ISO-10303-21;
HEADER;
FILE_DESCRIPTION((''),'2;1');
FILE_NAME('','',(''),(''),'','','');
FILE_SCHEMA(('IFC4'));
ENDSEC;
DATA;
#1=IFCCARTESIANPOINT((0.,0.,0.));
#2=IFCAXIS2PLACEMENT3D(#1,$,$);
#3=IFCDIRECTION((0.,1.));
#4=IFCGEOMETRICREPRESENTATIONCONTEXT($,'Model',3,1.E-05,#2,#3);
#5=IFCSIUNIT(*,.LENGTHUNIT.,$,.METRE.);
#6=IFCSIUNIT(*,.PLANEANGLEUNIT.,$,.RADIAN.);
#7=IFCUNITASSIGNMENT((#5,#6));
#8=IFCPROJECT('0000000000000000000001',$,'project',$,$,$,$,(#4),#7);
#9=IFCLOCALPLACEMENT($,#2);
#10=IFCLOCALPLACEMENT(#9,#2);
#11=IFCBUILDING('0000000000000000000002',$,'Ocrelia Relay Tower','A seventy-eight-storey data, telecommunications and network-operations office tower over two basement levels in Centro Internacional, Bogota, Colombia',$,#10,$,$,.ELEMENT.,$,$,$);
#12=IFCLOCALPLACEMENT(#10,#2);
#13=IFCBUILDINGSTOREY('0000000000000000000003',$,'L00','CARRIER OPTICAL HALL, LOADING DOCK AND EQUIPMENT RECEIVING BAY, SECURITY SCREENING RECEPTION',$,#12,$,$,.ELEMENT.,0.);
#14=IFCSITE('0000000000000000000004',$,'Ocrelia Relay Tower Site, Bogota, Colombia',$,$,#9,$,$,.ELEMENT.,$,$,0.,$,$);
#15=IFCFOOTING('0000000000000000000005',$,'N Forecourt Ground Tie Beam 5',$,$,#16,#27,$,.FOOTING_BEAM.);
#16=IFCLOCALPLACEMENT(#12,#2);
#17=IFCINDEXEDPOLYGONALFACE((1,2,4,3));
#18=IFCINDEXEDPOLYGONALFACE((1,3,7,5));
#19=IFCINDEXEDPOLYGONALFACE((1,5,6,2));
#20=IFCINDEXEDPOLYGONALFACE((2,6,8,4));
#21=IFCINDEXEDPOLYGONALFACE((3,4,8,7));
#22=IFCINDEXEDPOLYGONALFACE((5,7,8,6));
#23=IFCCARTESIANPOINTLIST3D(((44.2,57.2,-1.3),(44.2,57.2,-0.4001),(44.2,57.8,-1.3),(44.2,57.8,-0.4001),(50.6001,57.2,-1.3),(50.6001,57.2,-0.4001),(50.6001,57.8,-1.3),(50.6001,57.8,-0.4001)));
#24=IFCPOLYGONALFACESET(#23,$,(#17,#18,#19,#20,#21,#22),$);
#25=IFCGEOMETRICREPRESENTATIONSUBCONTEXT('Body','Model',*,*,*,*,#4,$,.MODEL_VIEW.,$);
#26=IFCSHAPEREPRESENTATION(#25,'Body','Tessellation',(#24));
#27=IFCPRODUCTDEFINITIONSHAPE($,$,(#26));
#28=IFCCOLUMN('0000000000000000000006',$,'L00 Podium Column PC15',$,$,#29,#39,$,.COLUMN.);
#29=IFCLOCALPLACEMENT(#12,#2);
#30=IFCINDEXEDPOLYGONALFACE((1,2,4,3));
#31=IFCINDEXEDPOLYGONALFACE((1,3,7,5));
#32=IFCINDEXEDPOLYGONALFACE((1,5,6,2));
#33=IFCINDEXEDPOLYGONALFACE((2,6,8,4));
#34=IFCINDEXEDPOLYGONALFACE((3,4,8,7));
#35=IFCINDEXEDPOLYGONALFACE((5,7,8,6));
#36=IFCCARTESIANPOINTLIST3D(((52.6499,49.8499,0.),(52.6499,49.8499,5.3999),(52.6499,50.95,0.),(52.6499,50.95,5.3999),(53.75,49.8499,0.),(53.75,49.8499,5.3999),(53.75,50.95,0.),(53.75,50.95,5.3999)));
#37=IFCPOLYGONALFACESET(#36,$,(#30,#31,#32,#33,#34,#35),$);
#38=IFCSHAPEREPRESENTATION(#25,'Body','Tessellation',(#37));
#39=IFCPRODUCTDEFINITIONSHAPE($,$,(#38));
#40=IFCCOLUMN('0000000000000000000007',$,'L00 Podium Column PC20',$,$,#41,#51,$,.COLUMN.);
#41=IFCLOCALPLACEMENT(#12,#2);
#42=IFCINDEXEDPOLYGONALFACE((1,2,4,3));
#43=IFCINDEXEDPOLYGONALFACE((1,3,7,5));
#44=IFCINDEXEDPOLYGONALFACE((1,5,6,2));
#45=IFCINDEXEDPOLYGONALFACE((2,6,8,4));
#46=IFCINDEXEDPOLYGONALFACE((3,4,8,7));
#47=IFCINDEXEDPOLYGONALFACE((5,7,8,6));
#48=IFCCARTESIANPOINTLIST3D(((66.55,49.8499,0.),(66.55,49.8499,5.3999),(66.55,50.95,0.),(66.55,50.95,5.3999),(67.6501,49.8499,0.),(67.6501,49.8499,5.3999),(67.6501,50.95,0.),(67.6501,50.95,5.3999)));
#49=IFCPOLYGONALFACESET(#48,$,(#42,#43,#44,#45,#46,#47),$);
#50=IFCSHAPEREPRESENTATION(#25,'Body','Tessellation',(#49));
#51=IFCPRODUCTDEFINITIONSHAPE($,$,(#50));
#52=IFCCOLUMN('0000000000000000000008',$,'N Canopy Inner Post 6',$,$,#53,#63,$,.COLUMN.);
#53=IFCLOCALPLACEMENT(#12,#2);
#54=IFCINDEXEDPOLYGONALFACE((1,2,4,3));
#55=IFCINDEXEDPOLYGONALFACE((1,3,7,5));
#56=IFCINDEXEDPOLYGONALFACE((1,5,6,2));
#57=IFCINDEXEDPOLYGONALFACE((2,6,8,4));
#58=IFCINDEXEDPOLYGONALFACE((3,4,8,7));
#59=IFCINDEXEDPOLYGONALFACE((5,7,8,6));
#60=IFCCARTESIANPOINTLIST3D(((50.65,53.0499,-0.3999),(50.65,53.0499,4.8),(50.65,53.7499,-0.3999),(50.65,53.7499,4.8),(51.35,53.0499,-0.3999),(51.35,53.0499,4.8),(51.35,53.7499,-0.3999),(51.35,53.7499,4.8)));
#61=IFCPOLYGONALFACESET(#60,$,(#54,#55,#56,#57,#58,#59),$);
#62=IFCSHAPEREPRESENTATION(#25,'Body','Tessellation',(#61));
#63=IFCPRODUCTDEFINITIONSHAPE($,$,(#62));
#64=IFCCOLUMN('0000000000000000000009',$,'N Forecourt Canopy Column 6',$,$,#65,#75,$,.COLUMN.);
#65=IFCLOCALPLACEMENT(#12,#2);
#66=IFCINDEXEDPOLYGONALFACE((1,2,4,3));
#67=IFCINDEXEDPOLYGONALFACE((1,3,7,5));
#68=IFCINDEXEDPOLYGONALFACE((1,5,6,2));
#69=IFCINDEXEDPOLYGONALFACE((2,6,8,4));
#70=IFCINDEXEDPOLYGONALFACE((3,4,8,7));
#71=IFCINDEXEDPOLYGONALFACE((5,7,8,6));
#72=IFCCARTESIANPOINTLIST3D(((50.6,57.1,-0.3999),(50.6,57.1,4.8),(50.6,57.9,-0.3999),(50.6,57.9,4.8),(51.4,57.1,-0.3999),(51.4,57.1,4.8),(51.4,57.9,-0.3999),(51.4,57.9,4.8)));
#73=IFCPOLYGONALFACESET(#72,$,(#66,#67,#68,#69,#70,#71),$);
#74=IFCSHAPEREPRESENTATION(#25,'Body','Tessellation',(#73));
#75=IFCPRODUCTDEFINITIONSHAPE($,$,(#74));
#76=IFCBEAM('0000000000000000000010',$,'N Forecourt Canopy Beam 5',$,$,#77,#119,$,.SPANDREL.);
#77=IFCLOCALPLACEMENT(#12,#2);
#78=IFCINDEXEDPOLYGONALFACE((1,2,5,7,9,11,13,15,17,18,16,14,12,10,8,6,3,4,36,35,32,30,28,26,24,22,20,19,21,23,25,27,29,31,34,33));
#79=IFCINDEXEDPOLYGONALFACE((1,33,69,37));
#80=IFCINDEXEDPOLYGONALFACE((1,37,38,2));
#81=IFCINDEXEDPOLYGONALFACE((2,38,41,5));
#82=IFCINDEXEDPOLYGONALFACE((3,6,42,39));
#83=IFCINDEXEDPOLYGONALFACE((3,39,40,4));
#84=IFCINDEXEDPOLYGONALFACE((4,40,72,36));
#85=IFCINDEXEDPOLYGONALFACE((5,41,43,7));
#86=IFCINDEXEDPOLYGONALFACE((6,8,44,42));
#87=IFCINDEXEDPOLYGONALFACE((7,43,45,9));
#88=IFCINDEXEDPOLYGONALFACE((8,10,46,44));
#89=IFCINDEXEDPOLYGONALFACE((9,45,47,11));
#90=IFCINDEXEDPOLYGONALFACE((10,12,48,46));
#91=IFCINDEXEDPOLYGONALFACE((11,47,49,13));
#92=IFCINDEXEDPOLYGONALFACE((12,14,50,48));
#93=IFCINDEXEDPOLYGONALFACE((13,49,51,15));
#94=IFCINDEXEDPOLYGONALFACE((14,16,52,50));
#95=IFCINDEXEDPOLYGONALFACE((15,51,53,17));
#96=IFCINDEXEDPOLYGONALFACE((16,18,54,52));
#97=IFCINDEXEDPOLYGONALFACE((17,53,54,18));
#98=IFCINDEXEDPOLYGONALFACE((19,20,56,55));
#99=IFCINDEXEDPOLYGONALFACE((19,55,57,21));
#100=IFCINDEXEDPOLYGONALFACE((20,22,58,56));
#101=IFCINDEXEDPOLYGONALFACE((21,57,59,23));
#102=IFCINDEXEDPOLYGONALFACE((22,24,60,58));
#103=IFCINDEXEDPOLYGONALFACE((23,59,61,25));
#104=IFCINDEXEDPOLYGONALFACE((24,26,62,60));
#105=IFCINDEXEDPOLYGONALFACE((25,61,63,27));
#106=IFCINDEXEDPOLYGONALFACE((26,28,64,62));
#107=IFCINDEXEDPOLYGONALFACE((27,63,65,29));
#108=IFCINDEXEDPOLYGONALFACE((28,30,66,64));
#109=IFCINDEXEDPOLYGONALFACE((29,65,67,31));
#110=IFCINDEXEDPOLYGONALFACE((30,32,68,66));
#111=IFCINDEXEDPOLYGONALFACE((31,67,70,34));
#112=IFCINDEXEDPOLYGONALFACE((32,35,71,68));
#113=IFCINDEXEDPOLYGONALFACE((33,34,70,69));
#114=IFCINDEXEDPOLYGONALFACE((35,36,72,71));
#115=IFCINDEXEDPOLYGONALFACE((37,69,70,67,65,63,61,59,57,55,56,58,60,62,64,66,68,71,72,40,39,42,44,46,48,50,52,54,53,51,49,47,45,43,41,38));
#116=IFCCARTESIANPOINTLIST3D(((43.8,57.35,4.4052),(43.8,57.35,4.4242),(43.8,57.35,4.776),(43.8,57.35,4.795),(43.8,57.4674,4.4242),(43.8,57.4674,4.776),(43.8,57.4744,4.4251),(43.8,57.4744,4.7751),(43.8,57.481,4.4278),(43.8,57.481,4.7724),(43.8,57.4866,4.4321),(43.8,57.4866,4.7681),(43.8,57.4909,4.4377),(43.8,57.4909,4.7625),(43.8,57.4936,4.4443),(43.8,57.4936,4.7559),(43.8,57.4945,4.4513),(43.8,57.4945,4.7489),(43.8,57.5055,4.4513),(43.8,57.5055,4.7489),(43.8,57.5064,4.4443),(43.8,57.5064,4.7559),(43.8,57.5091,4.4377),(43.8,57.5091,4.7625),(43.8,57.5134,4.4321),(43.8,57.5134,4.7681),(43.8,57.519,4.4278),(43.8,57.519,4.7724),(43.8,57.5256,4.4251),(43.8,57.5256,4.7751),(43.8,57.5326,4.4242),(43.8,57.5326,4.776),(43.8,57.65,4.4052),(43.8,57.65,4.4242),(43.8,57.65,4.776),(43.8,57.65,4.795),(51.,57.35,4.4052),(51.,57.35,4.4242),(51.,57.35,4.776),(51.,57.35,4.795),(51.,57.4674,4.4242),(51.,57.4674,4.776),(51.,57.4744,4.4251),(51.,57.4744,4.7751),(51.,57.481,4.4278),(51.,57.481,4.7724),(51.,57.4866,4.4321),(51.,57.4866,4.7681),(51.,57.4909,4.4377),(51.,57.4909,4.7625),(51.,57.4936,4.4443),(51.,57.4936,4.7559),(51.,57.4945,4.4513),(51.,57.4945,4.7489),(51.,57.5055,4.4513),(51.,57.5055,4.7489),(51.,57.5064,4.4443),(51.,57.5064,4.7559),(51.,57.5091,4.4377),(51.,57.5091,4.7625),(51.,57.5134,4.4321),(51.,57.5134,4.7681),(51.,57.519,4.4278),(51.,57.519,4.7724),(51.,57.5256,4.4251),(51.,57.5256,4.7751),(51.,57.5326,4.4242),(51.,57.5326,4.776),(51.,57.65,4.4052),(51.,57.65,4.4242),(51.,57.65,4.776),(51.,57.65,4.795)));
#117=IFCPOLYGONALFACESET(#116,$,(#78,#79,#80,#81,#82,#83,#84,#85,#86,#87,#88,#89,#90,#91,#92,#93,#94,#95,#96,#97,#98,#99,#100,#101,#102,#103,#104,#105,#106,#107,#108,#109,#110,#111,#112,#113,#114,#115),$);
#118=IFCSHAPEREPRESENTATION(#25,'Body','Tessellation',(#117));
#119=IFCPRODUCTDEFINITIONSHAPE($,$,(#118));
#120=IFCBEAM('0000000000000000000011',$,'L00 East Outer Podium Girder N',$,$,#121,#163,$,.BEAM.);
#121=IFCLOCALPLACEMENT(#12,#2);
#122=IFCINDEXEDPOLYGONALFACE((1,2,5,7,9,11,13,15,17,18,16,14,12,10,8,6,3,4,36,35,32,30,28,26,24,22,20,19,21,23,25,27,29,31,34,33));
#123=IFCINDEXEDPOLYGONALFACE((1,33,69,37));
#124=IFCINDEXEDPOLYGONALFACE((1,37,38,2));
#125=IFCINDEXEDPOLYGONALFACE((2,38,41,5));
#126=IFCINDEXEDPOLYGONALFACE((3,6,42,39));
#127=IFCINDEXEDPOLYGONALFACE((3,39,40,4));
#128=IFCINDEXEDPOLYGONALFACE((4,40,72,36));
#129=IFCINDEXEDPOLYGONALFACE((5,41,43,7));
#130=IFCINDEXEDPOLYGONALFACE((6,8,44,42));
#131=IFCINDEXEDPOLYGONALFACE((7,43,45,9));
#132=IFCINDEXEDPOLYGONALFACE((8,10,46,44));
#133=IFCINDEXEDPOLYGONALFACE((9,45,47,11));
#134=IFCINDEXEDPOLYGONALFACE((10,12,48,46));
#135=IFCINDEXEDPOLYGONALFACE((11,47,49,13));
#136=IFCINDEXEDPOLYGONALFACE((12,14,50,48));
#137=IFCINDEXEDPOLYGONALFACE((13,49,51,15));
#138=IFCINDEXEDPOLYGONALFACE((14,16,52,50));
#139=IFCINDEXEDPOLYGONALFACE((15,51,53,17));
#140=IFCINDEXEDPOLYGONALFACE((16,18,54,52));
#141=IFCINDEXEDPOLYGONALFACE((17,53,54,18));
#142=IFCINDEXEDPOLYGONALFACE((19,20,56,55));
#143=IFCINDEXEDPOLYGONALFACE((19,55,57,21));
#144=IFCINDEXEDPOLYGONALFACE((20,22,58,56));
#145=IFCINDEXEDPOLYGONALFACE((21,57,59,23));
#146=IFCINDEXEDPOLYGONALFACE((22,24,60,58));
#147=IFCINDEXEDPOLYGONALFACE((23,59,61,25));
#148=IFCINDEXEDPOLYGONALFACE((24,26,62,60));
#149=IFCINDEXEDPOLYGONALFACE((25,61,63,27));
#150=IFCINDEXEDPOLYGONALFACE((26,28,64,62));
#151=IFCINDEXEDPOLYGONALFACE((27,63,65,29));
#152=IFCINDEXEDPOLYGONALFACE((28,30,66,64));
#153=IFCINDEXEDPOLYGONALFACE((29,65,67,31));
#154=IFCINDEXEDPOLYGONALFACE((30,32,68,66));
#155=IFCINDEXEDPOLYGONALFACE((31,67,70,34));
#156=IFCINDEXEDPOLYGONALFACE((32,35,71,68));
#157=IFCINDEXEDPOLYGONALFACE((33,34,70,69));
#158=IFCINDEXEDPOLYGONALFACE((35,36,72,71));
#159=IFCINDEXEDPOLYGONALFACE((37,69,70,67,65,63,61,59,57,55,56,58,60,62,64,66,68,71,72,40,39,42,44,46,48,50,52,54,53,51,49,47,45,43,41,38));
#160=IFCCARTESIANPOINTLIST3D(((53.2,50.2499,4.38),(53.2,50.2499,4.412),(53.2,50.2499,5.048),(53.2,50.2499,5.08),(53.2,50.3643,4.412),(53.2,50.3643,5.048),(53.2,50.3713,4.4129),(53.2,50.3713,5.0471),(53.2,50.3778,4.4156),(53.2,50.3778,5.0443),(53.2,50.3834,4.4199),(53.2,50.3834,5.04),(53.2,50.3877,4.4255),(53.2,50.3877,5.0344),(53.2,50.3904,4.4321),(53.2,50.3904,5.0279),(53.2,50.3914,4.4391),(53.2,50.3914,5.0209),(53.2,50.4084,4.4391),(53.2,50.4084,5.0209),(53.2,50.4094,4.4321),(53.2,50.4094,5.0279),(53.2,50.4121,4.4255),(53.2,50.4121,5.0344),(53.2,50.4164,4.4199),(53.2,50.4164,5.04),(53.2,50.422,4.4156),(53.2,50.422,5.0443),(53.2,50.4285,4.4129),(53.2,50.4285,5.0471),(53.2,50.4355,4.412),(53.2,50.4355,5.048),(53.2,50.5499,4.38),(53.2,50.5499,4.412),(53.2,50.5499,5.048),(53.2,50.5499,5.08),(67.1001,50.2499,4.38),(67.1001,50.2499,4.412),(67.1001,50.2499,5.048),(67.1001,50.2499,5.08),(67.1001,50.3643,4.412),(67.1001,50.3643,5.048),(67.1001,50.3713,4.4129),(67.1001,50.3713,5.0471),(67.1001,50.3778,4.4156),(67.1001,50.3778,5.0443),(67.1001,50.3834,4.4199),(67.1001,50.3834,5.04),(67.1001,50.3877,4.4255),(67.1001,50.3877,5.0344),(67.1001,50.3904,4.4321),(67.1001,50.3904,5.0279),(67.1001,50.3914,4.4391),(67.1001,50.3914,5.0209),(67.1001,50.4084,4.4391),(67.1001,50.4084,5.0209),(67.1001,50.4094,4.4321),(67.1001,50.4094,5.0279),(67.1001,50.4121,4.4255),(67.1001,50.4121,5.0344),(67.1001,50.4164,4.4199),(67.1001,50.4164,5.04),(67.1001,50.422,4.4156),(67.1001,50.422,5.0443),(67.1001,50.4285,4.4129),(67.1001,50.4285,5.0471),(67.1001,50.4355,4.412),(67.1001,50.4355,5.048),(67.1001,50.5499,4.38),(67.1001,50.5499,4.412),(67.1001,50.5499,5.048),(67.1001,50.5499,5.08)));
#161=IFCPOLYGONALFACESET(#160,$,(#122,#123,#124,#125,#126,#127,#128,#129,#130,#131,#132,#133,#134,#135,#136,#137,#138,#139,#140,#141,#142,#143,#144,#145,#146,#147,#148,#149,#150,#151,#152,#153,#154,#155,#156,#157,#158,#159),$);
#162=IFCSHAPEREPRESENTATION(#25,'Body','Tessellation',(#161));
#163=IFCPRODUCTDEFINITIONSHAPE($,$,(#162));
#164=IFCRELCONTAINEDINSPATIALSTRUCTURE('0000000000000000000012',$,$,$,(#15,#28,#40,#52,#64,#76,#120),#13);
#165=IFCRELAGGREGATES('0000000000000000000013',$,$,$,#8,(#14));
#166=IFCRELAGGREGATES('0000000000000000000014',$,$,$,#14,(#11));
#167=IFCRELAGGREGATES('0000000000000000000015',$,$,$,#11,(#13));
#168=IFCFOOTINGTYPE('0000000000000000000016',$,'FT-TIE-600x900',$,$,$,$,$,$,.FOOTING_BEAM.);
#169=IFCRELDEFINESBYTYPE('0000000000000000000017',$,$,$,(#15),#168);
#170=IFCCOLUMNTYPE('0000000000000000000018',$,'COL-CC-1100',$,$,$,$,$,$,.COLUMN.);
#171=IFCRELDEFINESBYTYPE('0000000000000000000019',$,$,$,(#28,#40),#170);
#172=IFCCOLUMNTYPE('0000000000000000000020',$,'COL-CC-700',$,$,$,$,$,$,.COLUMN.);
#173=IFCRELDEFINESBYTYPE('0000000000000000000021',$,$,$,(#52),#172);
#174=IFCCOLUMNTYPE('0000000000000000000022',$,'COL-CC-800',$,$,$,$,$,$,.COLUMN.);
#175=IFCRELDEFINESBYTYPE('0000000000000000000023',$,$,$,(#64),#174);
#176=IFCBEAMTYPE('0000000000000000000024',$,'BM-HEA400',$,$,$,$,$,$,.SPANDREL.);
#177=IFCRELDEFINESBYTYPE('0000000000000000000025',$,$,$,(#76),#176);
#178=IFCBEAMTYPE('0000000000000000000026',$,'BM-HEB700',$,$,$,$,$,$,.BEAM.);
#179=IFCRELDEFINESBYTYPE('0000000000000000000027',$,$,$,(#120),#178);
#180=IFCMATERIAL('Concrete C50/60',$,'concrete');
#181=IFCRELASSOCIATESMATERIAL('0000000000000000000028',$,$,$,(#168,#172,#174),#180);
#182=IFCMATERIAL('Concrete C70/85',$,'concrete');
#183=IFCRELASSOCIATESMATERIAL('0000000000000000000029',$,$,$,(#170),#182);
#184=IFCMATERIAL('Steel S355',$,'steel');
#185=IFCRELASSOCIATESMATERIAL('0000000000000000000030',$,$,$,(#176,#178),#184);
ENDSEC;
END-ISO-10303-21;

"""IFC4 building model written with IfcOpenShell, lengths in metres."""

from ifc_helpers import new_model, si_unit, direction, frame, origin, origin_2d, place, context, subcontext, project, spatial, rectangle, i_section, extrude, material, material_profile, profile_set, type_object, element, save


model = new_model("IFC4")

# Units and contexts
model_context = context("Model", 3, precision=1e-05, world=origin(), true_north=direction((0.0, 1.0)))
body_context = subcontext(model_context, "Body", "Model", "MODEL_VIEW")
ifc_project = project(units=[si_unit("LENGTHUNIT", "METRE"), si_unit("PLANEANGLEUNIT", "RADIAN")], contexts=[model_context])

# Site, building, storey
site_placement = place(None, origin())
site = spatial("IfcSite", under=ifc_project, at=site_placement, Name="Ocrelia Relay Tower Site, Bogota, Colombia", CompositionType="ELEMENT", RefElevation=0.0)
building_placement = place(site_placement, origin())
building = spatial("IfcBuilding", under=site, at=building_placement, Name="Ocrelia Relay Tower", Description="A seventy-eight-storey data, telecommunications and network-operations office tower over two basement levels in Centro Internacional, Bogota, Colombia", CompositionType="ELEMENT")
storey_placement = place(building_placement, origin())
storey = spatial("IfcBuildingStorey", under=building, at=storey_placement, Name="L00", Description="CARRIER OPTICAL HALL, LOADING DOCK AND EQUIPMENT RECEIVING BAY, SECURITY SCREENING RECEPTION", CompositionType="ELEMENT", Elevation=0.0)

# Footing
ifc_material_1 = material(Name="Concrete C50/60", Category="concrete")
ifc_material_profile_1 = material_profile(ifc_material_1, rectangle(XDim=0.6001, YDim=0.8999, at=origin_2d()), Name="RC-BM-600x900")
ifc_profile_set_1 = profile_set([ifc_material_profile_1], Name="Concrete C50/60")
footing_type = type_object("IfcFootingType", Name="FT-TIE-600x900", PredefinedType="FOOTING_BEAM", material=ifc_profile_set_1)
footing_placement = place(storey_placement, frame((44.2, 57.5, -0.8501), z_axis=(1.0, 0.0, 0.0), x_axis=(0.0, 1.0, 0.0)))
element("IfcFooting", 1, at=footing_placement, inside=storey, type_object=footing_type, Name="N Forecourt Ground Tie Beam 5", PredefinedType="FOOTING_BEAM", context=body_context, shape_type="SweptSolid", body=[
    extrude(rectangle(XDim=0.6001, YDim=0.8999, at=origin_2d()), origin(), (0.0, 0.0, 1.0), 6.4001),
])

# Columns
ifc_material_2 = material(Name="Concrete C70/85", Category="concrete")
ifc_material_profile_2 = material_profile(ifc_material_2, rectangle(XDim=1.1001, YDim=1.1001, at=origin_2d()), Name="RC-COL-1100x1100")
ifc_profile_set_2 = profile_set([ifc_material_profile_2], Name="Concrete C70/85")
column_type_1 = type_object("IfcColumnType", Name="COL-CC-1100", PredefinedType="COLUMN", material=ifc_profile_set_2)
for number, where, z_axis, x_axis, name in (
    (2, (53.2, 50.3999, 0.0), (0.0, 0.0, 1.0), (1.0, 0.0, 0.0), "L00 Podium Column PC15"),
    (3, (67.1001, 50.3999, 0.0), (0.0, 0.0, 1.0), (1.0, 0.0, 0.0), "L00 Podium Column PC20"),
):
    element("IfcColumn", number, at=place(storey_placement, frame(where, z_axis=z_axis, x_axis=x_axis)), inside=storey, type_object=column_type_1, Name=name, PredefinedType="COLUMN", context=body_context, shape_type="SweptSolid", body=[
        extrude(rectangle(XDim=1.1001, YDim=1.1001, at=origin_2d()), origin(), (0.0, 0.0, 1.0), 5.3999),
    ])
ifc_material_profile_3 = material_profile(ifc_material_1, rectangle(XDim=0.7, YDim=0.7, at=origin_2d()), Name="RC-COL-700x700")
ifc_profile_set_3 = profile_set([ifc_material_profile_3], Name="Concrete C50/60")
column_type_2 = type_object("IfcColumnType", Name="COL-CC-700", PredefinedType="COLUMN", material=ifc_profile_set_3)
column_1_placement = place(storey_placement, frame((51.0, 53.3999, -0.3999), z_axis=(0.0, 0.0, 1.0), x_axis=(1.0, 0.0, 0.0)))
element("IfcColumn", 4, at=column_1_placement, inside=storey, type_object=column_type_2, Name="N Canopy Inner Post 6", PredefinedType="COLUMN", context=body_context, shape_type="SweptSolid", body=[
    extrude(rectangle(XDim=0.7, YDim=0.7, at=origin_2d()), origin(), (0.0, 0.0, 1.0), 5.2),
])
ifc_material_profile_4 = material_profile(ifc_material_1, rectangle(XDim=0.8, YDim=0.8, at=origin_2d()), Name="RC-COL-800x800")
ifc_profile_set_4 = profile_set([ifc_material_profile_4], Name="Concrete C50/60")
column_type_3 = type_object("IfcColumnType", Name="COL-CC-800", PredefinedType="COLUMN", material=ifc_profile_set_4)
column_2_placement = place(storey_placement, frame((51.0, 57.5, -0.3999), z_axis=(0.0, 0.0, 1.0), x_axis=(1.0, 0.0, 0.0)))
element("IfcColumn", 5, at=column_2_placement, inside=storey, type_object=column_type_3, Name="N Forecourt Canopy Column 6", PredefinedType="COLUMN", context=body_context, shape_type="SweptSolid", body=[
    extrude(rectangle(XDim=0.8, YDim=0.8, at=origin_2d()), origin(), (0.0, 0.0, 1.0), 5.2),
])

# Beams
ifc_material_3 = material(Name="Steel S355", Category="steel")
ifc_material_profile_5 = material_profile(ifc_material_3, i_section(OverallWidth=0.3, OverallDepth=0.3899, WebThickness=0.011, FlangeThickness=0.019, FilletRadius=0.0271, at=origin_2d()), Name="HEA 400")
ifc_profile_set_5 = profile_set([ifc_material_profile_5], Name="Steel S355")
beam_type_1 = type_object("IfcBeamType", Name="BM-HEA400", PredefinedType="SPANDREL", material=ifc_profile_set_5)
beam_1_placement = place(storey_placement, frame((43.8, 57.5, 4.6001), z_axis=(1.0, 0.0, 0.0), x_axis=(0.0, 1.0, 0.0)))
element("IfcBeam", 6, at=beam_1_placement, inside=storey, type_object=beam_type_1, Name="N Forecourt Canopy Beam 5", PredefinedType="SPANDREL", context=body_context, shape_type="SweptSolid", body=[
    extrude(i_section(OverallWidth=0.3, OverallDepth=0.3899, WebThickness=0.011, FlangeThickness=0.019, FilletRadius=0.0271, at=origin_2d()), origin(), (0.0, 0.0, 1.0), 7.2),
])
ifc_material_profile_6 = material_profile(ifc_material_3, i_section(OverallWidth=0.3, OverallDepth=0.7, WebThickness=0.0171, FlangeThickness=0.032, FilletRadius=0.0271, at=origin_2d()), Name="HEB 700")
ifc_profile_set_6 = profile_set([ifc_material_profile_6], Name="Steel S355")
beam_type_2 = type_object("IfcBeamType", Name="BM-HEB700", PredefinedType="BEAM", material=ifc_profile_set_6)
beam_2_placement = place(storey_placement, frame((53.2, 50.3999, 4.73), z_axis=(1.0, 0.0, 0.0), x_axis=(0.0, 1.0, 0.0)))
element("IfcBeam", 7, at=beam_2_placement, inside=storey, type_object=beam_type_2, Name="L00 East Outer Podium Girder N", PredefinedType="BEAM", context=body_context, shape_type="SweptSolid", body=[
    extrude(i_section(OverallWidth=0.3, OverallDepth=0.7, WebThickness=0.0171, FlangeThickness=0.032, FilletRadius=0.0271, at=origin_2d()), origin(), (0.0, 0.0, 1.0), 13.9001),
])

save(model, "model.ifc")
